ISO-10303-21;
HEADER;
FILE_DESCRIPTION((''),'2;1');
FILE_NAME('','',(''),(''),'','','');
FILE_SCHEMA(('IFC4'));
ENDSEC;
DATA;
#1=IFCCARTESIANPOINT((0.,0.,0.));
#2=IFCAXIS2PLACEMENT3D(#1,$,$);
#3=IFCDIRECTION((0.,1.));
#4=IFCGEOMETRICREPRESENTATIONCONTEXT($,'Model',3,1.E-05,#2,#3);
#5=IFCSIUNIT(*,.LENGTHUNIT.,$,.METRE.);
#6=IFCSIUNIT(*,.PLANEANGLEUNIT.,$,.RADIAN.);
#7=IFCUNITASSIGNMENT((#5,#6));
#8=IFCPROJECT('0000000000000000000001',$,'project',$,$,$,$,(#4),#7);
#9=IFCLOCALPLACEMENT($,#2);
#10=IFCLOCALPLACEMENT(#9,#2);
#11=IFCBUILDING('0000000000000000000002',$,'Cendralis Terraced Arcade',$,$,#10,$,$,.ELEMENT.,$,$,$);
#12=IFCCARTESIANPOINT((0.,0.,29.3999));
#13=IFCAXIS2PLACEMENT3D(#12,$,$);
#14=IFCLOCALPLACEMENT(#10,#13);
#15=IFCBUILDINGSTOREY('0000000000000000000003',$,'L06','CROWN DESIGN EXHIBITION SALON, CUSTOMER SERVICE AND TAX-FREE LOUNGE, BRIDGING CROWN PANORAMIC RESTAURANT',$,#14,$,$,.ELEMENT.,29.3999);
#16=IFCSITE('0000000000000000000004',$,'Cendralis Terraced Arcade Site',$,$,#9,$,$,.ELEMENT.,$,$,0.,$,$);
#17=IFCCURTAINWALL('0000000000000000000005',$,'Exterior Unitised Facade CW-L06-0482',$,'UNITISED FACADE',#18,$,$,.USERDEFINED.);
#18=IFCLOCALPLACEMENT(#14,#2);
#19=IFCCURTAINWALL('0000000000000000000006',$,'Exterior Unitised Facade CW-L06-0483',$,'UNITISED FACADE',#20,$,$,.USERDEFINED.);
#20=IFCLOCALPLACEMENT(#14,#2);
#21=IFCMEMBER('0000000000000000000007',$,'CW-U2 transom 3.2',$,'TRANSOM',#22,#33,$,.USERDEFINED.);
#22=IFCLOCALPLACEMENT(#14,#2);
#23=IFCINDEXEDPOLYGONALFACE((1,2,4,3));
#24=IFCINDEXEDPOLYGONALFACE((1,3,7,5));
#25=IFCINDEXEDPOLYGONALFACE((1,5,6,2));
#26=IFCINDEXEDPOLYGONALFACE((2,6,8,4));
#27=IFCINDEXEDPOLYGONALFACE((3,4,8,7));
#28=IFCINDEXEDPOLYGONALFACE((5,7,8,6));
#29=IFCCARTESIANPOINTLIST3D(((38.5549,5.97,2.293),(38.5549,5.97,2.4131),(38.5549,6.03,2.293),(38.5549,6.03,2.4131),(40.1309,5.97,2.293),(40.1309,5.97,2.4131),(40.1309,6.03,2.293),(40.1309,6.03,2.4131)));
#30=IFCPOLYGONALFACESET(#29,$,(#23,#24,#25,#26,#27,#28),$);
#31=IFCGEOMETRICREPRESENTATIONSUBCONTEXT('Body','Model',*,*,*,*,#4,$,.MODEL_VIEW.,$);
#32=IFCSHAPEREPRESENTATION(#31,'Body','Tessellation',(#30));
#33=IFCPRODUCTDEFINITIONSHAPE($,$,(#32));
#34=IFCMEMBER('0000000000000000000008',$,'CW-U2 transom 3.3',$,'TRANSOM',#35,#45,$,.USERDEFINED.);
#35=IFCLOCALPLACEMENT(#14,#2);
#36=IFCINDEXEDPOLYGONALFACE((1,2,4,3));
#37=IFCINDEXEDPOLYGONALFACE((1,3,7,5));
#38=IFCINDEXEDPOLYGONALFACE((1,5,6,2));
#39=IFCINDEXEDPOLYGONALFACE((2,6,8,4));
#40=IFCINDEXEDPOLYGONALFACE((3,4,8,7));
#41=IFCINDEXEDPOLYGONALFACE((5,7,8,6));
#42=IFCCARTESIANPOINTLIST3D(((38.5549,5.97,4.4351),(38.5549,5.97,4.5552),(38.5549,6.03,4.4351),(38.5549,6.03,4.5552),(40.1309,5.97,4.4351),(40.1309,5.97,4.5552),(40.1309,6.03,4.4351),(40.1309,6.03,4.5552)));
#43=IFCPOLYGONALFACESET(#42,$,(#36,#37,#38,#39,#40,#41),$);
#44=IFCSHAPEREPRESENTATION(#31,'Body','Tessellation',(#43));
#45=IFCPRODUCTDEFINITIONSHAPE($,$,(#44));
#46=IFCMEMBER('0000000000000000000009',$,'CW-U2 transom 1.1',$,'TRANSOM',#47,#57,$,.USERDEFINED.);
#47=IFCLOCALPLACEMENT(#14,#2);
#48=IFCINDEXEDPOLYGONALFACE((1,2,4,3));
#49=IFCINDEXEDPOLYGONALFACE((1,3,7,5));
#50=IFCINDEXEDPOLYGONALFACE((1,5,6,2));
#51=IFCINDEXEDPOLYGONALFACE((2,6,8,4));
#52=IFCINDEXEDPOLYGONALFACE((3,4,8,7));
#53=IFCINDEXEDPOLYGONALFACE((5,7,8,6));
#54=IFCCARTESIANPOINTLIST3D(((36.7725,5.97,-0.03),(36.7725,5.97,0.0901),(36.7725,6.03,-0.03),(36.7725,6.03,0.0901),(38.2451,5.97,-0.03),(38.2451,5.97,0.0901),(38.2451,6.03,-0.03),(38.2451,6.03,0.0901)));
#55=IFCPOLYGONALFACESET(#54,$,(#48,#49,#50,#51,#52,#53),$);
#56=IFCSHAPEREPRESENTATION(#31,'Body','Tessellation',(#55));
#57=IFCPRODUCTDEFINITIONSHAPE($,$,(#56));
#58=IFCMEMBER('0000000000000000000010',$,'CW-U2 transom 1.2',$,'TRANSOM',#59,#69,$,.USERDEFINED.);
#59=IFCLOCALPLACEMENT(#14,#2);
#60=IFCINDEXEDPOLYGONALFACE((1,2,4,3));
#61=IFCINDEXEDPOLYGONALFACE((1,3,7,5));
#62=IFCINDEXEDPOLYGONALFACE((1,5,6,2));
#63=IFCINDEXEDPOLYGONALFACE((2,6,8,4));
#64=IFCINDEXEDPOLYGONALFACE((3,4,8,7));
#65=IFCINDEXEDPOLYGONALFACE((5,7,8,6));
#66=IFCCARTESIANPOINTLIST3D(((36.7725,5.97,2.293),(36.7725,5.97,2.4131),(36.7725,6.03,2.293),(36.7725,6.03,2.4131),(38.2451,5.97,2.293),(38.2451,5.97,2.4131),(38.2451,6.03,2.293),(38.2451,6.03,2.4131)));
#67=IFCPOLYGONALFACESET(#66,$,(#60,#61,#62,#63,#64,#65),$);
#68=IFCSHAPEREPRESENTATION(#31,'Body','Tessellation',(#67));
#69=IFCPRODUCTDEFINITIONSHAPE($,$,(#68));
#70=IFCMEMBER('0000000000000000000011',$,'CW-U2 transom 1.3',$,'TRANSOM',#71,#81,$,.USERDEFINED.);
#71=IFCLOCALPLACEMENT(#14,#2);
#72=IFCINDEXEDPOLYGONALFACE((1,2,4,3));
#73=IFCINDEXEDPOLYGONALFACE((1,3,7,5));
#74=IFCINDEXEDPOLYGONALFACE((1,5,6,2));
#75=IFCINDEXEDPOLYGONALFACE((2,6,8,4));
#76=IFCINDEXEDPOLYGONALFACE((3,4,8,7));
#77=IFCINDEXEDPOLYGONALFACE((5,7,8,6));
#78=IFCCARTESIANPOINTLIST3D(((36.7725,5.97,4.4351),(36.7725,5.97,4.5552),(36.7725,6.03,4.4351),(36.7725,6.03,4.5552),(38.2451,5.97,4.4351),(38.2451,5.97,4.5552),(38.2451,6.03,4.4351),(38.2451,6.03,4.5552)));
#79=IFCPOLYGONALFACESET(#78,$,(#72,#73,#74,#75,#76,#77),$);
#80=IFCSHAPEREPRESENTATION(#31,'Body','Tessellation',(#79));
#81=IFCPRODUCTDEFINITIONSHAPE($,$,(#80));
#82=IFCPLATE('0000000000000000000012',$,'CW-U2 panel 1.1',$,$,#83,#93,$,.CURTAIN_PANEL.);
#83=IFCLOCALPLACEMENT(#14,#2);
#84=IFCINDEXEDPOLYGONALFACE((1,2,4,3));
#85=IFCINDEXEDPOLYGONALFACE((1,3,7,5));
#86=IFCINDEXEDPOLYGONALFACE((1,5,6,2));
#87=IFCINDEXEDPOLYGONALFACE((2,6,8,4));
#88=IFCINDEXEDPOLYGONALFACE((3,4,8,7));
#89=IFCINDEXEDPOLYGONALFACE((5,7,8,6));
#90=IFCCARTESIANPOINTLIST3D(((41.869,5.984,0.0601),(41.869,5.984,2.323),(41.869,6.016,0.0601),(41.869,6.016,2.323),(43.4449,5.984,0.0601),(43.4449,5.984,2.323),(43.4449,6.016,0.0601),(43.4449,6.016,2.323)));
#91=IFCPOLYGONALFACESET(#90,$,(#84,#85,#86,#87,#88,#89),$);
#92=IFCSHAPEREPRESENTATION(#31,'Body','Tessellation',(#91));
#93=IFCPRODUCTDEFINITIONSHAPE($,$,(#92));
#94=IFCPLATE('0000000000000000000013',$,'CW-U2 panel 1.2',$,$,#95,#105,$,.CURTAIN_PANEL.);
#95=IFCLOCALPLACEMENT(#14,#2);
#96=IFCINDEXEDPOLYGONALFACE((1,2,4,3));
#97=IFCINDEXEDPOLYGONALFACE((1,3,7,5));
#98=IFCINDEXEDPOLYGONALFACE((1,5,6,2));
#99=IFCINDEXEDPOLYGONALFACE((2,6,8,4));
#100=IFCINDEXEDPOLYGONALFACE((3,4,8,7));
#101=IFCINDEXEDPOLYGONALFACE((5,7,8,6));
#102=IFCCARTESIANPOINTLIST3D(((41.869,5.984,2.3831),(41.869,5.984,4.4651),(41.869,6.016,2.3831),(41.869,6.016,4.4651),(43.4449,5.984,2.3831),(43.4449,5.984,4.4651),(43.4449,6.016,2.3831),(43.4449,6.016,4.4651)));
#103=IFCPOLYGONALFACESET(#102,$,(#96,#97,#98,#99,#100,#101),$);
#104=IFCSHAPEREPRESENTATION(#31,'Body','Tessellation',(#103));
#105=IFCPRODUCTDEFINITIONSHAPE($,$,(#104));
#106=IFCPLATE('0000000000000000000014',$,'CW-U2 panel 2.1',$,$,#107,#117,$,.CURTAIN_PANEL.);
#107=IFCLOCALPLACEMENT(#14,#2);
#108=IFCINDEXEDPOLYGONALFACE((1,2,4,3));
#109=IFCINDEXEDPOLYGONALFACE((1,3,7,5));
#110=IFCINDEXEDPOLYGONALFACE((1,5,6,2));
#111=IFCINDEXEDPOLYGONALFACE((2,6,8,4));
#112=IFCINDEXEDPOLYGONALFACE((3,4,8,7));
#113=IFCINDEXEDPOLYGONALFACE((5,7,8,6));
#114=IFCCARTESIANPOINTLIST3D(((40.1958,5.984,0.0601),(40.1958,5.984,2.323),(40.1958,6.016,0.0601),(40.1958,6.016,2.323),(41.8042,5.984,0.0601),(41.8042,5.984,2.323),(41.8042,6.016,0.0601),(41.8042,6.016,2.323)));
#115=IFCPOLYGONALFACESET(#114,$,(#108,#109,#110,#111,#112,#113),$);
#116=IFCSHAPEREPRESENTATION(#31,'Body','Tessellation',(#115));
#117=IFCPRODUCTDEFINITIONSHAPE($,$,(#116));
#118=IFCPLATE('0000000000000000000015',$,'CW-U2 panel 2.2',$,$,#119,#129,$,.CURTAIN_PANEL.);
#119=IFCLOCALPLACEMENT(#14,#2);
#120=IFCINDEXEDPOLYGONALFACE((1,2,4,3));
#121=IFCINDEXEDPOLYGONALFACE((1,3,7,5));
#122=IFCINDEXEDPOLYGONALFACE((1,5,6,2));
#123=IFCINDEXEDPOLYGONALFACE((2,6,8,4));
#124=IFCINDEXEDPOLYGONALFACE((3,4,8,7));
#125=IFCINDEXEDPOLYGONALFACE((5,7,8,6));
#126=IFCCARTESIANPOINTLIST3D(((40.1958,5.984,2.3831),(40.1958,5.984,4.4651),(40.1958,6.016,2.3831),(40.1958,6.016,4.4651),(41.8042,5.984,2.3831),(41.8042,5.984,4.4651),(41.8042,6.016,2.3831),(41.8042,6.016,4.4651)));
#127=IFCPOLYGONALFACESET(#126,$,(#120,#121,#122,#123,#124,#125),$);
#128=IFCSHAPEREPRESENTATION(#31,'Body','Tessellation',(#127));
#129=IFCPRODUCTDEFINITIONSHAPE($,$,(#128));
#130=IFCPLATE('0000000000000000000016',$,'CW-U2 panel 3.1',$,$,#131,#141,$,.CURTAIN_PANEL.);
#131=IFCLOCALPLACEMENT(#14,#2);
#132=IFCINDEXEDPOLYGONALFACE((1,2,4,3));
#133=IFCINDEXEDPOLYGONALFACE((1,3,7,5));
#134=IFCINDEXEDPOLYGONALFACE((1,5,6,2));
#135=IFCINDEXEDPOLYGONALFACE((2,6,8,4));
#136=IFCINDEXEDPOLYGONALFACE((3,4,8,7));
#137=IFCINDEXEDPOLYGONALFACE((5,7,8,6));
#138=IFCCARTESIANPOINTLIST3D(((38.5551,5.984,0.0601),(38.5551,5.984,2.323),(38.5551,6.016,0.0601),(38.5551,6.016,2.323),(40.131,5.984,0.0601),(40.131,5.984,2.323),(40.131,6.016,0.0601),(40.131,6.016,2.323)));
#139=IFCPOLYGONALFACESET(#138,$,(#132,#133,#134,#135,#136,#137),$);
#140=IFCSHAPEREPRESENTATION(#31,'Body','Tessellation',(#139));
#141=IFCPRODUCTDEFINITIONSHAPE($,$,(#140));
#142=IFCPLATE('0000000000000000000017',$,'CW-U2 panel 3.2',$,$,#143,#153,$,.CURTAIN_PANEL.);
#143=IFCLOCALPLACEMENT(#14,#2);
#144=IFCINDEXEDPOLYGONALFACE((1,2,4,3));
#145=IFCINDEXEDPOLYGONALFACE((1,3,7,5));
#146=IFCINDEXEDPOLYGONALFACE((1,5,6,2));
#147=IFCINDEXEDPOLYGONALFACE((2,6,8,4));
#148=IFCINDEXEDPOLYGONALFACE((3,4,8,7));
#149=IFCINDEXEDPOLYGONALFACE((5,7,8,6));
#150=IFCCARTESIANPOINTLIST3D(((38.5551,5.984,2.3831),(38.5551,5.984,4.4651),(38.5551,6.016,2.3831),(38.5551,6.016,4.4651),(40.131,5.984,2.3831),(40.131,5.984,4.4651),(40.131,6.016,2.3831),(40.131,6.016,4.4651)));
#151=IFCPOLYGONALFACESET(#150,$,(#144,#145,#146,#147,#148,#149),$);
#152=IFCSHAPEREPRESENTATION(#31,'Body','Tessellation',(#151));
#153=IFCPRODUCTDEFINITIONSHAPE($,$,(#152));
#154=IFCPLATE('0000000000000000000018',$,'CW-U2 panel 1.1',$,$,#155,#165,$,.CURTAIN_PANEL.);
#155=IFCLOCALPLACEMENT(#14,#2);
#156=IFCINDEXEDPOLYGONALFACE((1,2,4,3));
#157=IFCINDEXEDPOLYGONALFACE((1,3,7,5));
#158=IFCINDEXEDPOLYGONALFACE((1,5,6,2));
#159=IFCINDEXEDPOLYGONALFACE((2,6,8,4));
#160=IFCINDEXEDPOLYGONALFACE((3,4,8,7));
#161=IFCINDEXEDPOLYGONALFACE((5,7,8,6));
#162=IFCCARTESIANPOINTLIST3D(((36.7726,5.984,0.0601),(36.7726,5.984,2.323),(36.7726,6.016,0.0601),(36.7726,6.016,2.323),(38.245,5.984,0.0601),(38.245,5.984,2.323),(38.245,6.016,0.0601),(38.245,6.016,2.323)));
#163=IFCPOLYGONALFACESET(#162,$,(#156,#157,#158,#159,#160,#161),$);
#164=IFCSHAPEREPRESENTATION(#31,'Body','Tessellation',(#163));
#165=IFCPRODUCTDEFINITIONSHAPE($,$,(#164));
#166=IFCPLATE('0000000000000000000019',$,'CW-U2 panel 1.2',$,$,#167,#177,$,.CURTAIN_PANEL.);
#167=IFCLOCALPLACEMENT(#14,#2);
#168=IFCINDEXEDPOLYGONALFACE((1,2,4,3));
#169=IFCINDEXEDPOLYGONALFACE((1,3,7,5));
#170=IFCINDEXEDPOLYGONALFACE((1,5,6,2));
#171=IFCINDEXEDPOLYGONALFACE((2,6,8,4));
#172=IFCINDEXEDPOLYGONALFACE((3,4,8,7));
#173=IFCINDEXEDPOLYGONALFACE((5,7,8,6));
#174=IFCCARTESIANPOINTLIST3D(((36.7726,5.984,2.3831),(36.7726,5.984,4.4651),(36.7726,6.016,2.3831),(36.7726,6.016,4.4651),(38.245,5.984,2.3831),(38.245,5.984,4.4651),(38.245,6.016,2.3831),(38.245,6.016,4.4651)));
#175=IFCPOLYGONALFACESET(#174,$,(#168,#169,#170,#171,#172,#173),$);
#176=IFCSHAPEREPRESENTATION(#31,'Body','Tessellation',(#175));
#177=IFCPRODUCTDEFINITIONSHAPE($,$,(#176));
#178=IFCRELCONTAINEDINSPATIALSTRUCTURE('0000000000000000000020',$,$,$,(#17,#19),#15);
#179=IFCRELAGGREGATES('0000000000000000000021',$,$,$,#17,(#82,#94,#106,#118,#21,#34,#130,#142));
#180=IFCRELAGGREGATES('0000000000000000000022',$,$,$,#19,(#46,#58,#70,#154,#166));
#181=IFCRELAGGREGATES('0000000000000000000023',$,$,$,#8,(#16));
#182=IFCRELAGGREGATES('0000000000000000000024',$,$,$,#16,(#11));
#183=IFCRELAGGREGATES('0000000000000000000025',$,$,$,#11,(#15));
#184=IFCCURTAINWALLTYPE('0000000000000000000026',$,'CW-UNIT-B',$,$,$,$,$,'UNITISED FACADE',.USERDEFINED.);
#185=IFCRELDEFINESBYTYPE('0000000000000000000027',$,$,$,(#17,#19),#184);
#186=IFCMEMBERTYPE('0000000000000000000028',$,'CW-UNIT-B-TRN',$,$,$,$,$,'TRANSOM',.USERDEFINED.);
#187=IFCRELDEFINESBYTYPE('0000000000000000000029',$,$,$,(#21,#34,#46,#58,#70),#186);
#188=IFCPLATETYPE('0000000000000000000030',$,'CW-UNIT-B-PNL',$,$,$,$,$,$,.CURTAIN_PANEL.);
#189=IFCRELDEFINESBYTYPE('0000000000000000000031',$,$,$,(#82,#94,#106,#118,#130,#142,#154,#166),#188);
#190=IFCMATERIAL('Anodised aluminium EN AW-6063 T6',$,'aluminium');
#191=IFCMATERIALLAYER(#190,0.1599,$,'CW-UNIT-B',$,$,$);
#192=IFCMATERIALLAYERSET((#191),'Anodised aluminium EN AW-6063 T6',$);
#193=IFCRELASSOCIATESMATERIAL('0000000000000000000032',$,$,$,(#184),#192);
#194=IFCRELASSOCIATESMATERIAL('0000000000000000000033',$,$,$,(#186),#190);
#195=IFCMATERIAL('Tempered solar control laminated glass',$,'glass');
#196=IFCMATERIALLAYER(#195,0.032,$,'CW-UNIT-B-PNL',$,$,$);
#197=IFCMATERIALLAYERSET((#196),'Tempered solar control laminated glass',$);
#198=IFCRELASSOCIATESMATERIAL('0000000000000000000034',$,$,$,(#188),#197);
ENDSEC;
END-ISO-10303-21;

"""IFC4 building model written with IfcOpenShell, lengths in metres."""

from ifc_helpers import new_model, si_unit, direction, frame, origin, origin_2d, place, context, subcontext, project, spatial, rectangle, extrude, material, layer, layer_set, material_profile, profile_set, type_object, element, aggregate, save


model = new_model("IFC4")

# Units and contexts
model_context = context("Model", 3, precision=1e-05, world=origin(), true_north=direction((0.0, 1.0)))
body_context = subcontext(model_context, "Body", "Model", "MODEL_VIEW")
ifc_project = project(units=[si_unit("LENGTHUNIT", "METRE"), si_unit("PLANEANGLEUNIT", "RADIAN")], contexts=[model_context])

# Site, building, storey
site_placement = place(None, origin())
site = spatial("IfcSite", under=ifc_project, at=site_placement, Name="Cendralis Terraced Arcade Site", CompositionType="ELEMENT", RefElevation=0.0)
building_placement = place(site_placement, origin())
building = spatial("IfcBuilding", under=site, at=building_placement, Name="Cendralis Terraced Arcade", CompositionType="ELEMENT")
storey_placement = place(building_placement, frame((0.0, 0.0, 29.3999)))
storey = spatial("IfcBuildingStorey", under=building, at=storey_placement, Name="L06", Description="CROWN DESIGN EXHIBITION SALON, CUSTOMER SERVICE AND TAX-FREE LOUNGE, BRIDGING CROWN PANORAMIC RESTAURANT", CompositionType="ELEMENT", Elevation=29.3999)

# Shared definitions
ifc_material_1 = material(Name="Anodised aluminium EN AW-6063 T6", Category="aluminium")

# Curtain wall
ifc_layer_1 = layer(ifc_material_1, 0.1599, Name="CW-UNIT-B")
ifc_layer_set_1 = layer_set([ifc_layer_1], Name="Anodised aluminium EN AW-6063 T6")
curtain_wall_type_1 = type_object("IfcCurtainWallType", Name="CW-UNIT-B", ElementType="UNITISED FACADE", PredefinedType="USERDEFINED", material=ifc_layer_set_1)
curtain_wall_1_placement = place(storey_placement, origin())
curtain_wall_1 = element("IfcCurtainWall", 1, at=curtain_wall_1_placement, inside=storey, type_object=curtain_wall_type_1, Name="Exterior Unitised Facade CW-L06-0482", ObjectType="UNITISED FACADE", PredefinedType="USERDEFINED")

# Curtain wall
curtain_wall_2_placement = place(storey_placement, origin())
curtain_wall_2 = element("IfcCurtainWall", 2, at=curtain_wall_2_placement, inside=storey, type_object=curtain_wall_type_1, Name="Exterior Unitised Facade CW-L06-0483", ObjectType="UNITISED FACADE", PredefinedType="USERDEFINED")

# Members
ifc_material_profile_1 = material_profile(ifc_material_1, rectangle(XDim=0.0601, YDim=0.1201, at=origin_2d()), Name="ALU-TRN-60x120")
ifc_profile_set_1 = profile_set([ifc_material_profile_1], Name="Anodised aluminium EN AW-6063 T6")
member_type_1 = type_object("IfcMemberType", Name="CW-UNIT-B-TRN", ElementType="TRANSOM", PredefinedType="USERDEFINED", material=ifc_profile_set_1)
member_1_placement = place(storey_placement, frame((40.1309, 6.0, 2.353), z_axis=(-1.0, 0.0, 0.0), x_axis=(0.0, -1.0, 0.0)))
member_1 = element("IfcMember", 3, at=member_1_placement, type_object=member_type_1, Name="CW-U2 transom 3.2", ObjectType="TRANSOM", PredefinedType="USERDEFINED", context=body_context, shape_type="SweptSolid", body=[
    extrude(rectangle(XDim=0.0601, YDim=0.1201, at=origin_2d()), origin(), (0.0, 0.0, 1.0), 1.5759),
])
member_2_placement = place(storey_placement, frame((40.1309, 6.0, 4.4951), z_axis=(-1.0, 0.0, 0.0), x_axis=(0.0, -1.0, 0.0)))
member_2 = element("IfcMember", 4, at=member_2_placement, type_object=member_type_1, Name="CW-U2 transom 3.3", ObjectType="TRANSOM", PredefinedType="USERDEFINED", context=body_context, shape_type="SweptSolid", body=[
    extrude(rectangle(XDim=0.0601, YDim=0.1201, at=origin_2d()), origin(), (0.0, 0.0, 1.0), 1.5759),
])
member_3_placement = place(storey_placement, frame((38.2451, 6.0, 0.03), z_axis=(-1.0, 0.0, 0.0), x_axis=(0.0, -1.0, 0.0)))
member_3 = element("IfcMember", 5, at=member_3_placement, type_object=member_type_1, Name="CW-U2 transom 1.1", ObjectType="TRANSOM", PredefinedType="USERDEFINED", context=body_context, shape_type="SweptSolid", body=[
    extrude(rectangle(XDim=0.0601, YDim=0.1201, at=origin_2d()), origin(), (0.0, 0.0, 1.0), 1.4727),
])
member_4_placement = place(storey_placement, frame((38.2451, 6.0, 2.353), z_axis=(-1.0, 0.0, 0.0), x_axis=(0.0, -1.0, 0.0)))
member_4 = element("IfcMember", 6, at=member_4_placement, type_object=member_type_1, Name="CW-U2 transom 1.2", ObjectType="TRANSOM", PredefinedType="USERDEFINED", context=body_context, shape_type="SweptSolid", body=[
    extrude(rectangle(XDim=0.0601, YDim=0.1201, at=origin_2d()), origin(), (0.0, 0.0, 1.0), 1.4727),
])
member_5_placement = place(storey_placement, frame((38.2451, 6.0, 4.4951), z_axis=(-1.0, 0.0, 0.0), x_axis=(0.0, -1.0, 0.0)))
member_5 = element("IfcMember", 7, at=member_5_placement, type_object=member_type_1, Name="CW-U2 transom 1.3", ObjectType="TRANSOM", PredefinedType="USERDEFINED", context=body_context, shape_type="SweptSolid", body=[
    extrude(rectangle(XDim=0.0601, YDim=0.1201, at=origin_2d()), origin(), (0.0, 0.0, 1.0), 1.4727),
])

# Plates
ifc_material_2 = material(Name="Tempered solar control laminated glass", Category="glass")
ifc_layer_2 = layer(ifc_material_2, 0.032, Name="CW-UNIT-B-PNL")
ifc_layer_set_2 = layer_set([ifc_layer_2], Name="Tempered solar control laminated glass")
plate_type = type_object("IfcPlateType", Name="CW-UNIT-B-PNL", PredefinedType="CURTAIN_PANEL", material=ifc_layer_set_2)
plate_1_placement = place(storey_placement, frame((42.657, 6.0, 0.0601), z_axis=(0.0, 0.0, 1.0), x_axis=(-1.0, 0.0, 0.0)))
plate_1 = element("IfcPlate", 8, at=plate_1_placement, type_object=plate_type, Name="CW-U2 panel 1.1", PredefinedType="CURTAIN_PANEL", context=body_context, shape_type="SweptSolid", body=[
    extrude(rectangle(XDim=1.5759, YDim=0.032, at=origin_2d()), origin(), (0.0, 0.0, 1.0), 2.2629),
])
plate_2_placement = place(storey_placement, frame((42.657, 6.0, 2.3831), z_axis=(0.0, 0.0, 1.0), x_axis=(-1.0, 0.0, 0.0)))
plate_2 = element("IfcPlate", 9, at=plate_2_placement, type_object=plate_type, Name="CW-U2 panel 1.2", PredefinedType="CURTAIN_PANEL", context=body_context, shape_type="SweptSolid", body=[
    extrude(rectangle(XDim=1.5759, YDim=0.032, at=origin_2d()), origin(), (0.0, 0.0, 1.0), 2.082),
])
plate_3_placement = place(storey_placement, frame((41.0, 6.0, 0.0601), z_axis=(0.0, 0.0, 1.0), x_axis=(-1.0, 0.0, 0.0)))
plate_3 = element("IfcPlate", 10, at=plate_3_placement, type_object=plate_type, Name="CW-U2 panel 2.1", PredefinedType="CURTAIN_PANEL", context=body_context, shape_type="SweptSolid", body=[
    extrude(rectangle(XDim=1.6084, YDim=0.032, at=origin_2d()), origin(), (0.0, 0.0, 1.0), 2.2629),
])
plate_4_placement = place(storey_placement, frame((41.0, 6.0, 2.3831), z_axis=(0.0, 0.0, 1.0), x_axis=(-1.0, 0.0, 0.0)))
plate_4 = element("IfcPlate", 11, at=plate_4_placement, type_object=plate_type, Name="CW-U2 panel 2.2", PredefinedType="CURTAIN_PANEL", context=body_context, shape_type="SweptSolid", body=[
    extrude(rectangle(XDim=1.6084, YDim=0.032, at=origin_2d()), origin(), (0.0, 0.0, 1.0), 2.082),
])
plate_5_placement = place(storey_placement, frame((39.343, 6.0, 0.0601), z_axis=(0.0, 0.0, 1.0), x_axis=(-1.0, 0.0, 0.0)))
plate_5 = element("IfcPlate", 12, at=plate_5_placement, type_object=plate_type, Name="CW-U2 panel 3.1", PredefinedType="CURTAIN_PANEL", context=body_context, shape_type="SweptSolid", body=[
    extrude(rectangle(XDim=1.5759, YDim=0.032, at=origin_2d()), origin(), (0.0, 0.0, 1.0), 2.2629),
])
plate_6_placement = place(storey_placement, frame((39.343, 6.0, 2.3831), z_axis=(0.0, 0.0, 1.0), x_axis=(-1.0, 0.0, 0.0)))
plate_6 = element("IfcPlate", 13, at=plate_6_placement, type_object=plate_type, Name="CW-U2 panel 3.2", PredefinedType="CURTAIN_PANEL", context=body_context, shape_type="SweptSolid", body=[
    extrude(rectangle(XDim=1.5759, YDim=0.032, at=origin_2d()), origin(), (0.0, 0.0, 1.0), 2.082),
])
aggregate(curtain_wall_1, [plate_1, plate_2, plate_3, plate_4, member_1, member_2, plate_5, plate_6])
plate_7_placement = place(storey_placement, frame((37.5088, 6.0, 0.0601), z_axis=(0.0, 0.0, 1.0), x_axis=(-1.0, 0.0, 0.0)))
plate_7 = element("IfcPlate", 14, at=plate_7_placement, type_object=plate_type, Name="CW-U2 panel 1.1", PredefinedType="CURTAIN_PANEL", context=body_context, shape_type="SweptSolid", body=[
    extrude(rectangle(XDim=1.4724, YDim=0.032, at=origin_2d()), origin(), (0.0, 0.0, 1.0), 2.2629),
])
plate_8_placement = place(storey_placement, frame((37.5088, 6.0, 2.3831), z_axis=(0.0, 0.0, 1.0), x_axis=(-1.0, 0.0, 0.0)))
plate_8 = element("IfcPlate", 15, at=plate_8_placement, type_object=plate_type, Name="CW-U2 panel 1.2", PredefinedType="CURTAIN_PANEL", context=body_context, shape_type="SweptSolid", body=[
    extrude(rectangle(XDim=1.4724, YDim=0.032, at=origin_2d()), origin(), (0.0, 0.0, 1.0), 2.082),
])
aggregate(curtain_wall_2, [member_3, member_4, member_5, plate_7, plate_8])

save(model, "model.ifc")
